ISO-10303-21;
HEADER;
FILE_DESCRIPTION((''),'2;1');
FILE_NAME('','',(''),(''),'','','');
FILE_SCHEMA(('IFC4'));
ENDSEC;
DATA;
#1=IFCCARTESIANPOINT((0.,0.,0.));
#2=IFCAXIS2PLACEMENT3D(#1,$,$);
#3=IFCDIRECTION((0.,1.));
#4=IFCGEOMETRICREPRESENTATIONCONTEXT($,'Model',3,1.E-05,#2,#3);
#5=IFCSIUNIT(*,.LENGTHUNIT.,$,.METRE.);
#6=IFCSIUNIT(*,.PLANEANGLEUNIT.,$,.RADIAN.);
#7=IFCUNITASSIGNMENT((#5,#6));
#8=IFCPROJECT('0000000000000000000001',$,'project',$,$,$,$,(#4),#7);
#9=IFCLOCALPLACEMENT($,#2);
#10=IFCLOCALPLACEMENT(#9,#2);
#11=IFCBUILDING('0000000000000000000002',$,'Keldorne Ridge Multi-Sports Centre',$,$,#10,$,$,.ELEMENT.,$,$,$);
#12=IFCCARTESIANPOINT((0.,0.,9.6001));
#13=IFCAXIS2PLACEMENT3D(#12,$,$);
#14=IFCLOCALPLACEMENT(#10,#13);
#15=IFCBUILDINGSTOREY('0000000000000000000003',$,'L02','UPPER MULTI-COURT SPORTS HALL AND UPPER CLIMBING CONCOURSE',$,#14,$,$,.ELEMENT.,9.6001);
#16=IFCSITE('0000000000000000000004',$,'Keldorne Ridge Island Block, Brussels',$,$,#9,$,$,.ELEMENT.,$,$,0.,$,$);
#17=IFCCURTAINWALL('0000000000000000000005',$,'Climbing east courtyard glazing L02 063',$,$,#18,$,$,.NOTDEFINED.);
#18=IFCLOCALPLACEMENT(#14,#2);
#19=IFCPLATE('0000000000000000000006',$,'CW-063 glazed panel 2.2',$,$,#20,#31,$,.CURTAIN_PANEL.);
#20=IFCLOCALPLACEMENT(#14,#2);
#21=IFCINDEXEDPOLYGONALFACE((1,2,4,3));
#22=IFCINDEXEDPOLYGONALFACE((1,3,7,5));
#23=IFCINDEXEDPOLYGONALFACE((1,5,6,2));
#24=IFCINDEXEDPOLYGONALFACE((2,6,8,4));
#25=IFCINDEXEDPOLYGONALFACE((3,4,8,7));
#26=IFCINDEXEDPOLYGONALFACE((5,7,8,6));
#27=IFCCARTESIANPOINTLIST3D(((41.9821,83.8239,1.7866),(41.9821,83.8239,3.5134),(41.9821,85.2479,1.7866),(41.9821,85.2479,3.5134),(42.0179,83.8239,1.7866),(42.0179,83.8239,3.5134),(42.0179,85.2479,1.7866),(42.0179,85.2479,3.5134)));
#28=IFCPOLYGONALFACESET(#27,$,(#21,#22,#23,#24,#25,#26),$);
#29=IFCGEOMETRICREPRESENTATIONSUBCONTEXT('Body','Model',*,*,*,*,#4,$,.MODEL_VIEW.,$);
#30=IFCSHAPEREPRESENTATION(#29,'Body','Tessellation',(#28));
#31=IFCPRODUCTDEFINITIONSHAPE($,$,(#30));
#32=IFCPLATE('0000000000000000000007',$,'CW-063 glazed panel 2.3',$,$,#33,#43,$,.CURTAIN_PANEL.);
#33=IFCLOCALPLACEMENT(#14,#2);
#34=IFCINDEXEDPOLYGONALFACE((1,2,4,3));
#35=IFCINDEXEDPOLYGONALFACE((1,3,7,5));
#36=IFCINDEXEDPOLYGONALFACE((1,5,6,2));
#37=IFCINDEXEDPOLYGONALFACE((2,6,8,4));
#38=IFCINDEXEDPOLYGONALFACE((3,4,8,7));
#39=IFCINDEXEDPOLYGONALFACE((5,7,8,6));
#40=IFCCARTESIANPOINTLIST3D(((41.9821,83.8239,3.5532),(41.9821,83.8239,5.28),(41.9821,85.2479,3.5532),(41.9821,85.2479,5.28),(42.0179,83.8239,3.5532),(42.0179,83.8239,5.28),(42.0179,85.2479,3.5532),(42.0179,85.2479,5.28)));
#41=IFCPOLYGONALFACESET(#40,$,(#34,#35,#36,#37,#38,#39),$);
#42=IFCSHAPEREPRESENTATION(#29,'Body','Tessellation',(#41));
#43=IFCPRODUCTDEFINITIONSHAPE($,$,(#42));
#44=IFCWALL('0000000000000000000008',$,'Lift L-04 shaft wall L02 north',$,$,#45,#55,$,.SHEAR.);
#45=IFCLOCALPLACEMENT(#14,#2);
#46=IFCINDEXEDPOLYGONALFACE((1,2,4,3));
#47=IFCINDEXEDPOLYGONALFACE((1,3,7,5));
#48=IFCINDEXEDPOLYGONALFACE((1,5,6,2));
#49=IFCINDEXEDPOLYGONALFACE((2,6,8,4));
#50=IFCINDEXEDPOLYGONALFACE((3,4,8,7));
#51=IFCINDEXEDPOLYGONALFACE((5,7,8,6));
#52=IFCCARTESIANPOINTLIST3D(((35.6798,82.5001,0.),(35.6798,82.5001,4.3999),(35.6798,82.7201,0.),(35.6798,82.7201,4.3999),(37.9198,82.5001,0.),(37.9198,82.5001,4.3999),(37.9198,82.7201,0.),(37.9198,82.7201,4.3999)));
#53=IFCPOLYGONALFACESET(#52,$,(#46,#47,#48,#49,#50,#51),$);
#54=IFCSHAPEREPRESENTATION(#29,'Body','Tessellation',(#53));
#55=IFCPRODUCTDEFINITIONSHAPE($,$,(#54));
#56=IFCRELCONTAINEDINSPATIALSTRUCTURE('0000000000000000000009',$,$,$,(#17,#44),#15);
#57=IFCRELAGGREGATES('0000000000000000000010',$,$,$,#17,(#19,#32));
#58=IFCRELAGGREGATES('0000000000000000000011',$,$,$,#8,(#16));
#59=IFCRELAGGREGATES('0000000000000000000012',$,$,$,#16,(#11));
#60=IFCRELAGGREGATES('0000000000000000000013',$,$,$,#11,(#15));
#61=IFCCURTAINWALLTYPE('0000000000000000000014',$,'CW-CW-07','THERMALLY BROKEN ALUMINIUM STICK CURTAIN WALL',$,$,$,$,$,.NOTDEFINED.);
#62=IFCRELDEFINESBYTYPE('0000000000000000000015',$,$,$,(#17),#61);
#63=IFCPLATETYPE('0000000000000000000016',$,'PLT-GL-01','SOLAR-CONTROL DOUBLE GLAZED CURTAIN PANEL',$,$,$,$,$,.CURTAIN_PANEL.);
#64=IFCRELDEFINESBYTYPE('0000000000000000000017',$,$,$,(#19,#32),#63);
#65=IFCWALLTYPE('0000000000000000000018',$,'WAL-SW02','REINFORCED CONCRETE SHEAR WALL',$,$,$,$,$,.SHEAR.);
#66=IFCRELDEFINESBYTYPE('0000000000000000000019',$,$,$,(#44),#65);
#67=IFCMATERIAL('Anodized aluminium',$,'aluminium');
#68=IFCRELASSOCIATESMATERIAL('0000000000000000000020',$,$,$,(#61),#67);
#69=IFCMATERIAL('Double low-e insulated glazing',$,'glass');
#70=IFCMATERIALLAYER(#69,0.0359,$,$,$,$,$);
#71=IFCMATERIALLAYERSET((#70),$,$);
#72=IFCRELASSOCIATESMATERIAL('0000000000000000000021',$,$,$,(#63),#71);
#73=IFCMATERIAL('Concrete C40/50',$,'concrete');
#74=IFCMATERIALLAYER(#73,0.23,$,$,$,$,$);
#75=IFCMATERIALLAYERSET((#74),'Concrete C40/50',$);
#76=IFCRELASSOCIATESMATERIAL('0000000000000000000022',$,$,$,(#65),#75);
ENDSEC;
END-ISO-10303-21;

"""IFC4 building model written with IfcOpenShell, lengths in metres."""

from ifc_helpers import new_model, si_unit, direction, frame, frame_2d, origin, origin_2d, place, context, subcontext, project, spatial, rectangle, extrude, material, layer, layer_set, type_object, element, aggregate, save


model = new_model("IFC4")

# Units and contexts
model_context = context("Model", 3, precision=1e-05, world=origin(), true_north=direction((0.0, 1.0)))
body_context = subcontext(model_context, "Body", "Model", "MODEL_VIEW")
ifc_project = project(units=[si_unit("LENGTHUNIT", "METRE"), si_unit("PLANEANGLEUNIT", "RADIAN")], contexts=[model_context])

# Site, building, storey
site_placement = place(None, origin())
site = spatial("IfcSite", under=ifc_project, at=site_placement, Name="Keldorne Ridge Island Block, Brussels", CompositionType="ELEMENT", RefElevation=0.0)
building_placement = place(site_placement, origin())
building = spatial("IfcBuilding", under=site, at=building_placement, Name="Keldorne Ridge Multi-Sports Centre", CompositionType="ELEMENT")
storey_placement = place(building_placement, frame((0.0, 0.0, 9.6001)))
storey = spatial("IfcBuildingStorey", under=building, at=storey_placement, Name="L02", Description="UPPER MULTI-COURT SPORTS HALL AND UPPER CLIMBING CONCOURSE", CompositionType="ELEMENT", Elevation=9.6001)

# Curtain wall, plates
ifc_material_1 = material(Name="Anodized aluminium", Category="aluminium")
curtain_wall_type = type_object("IfcCurtainWallType", Name="CW-CW-07", Description="THERMALLY BROKEN ALUMINIUM STICK CURTAIN WALL", PredefinedType="NOTDEFINED", material=ifc_material_1)
curtain_wall_placement = place(storey_placement, origin())
curtain_wall = element("IfcCurtainWall", 1, at=curtain_wall_placement, inside=storey, type_object=curtain_wall_type, Name="Climbing east courtyard glazing L02 063", PredefinedType="NOTDEFINED")
ifc_material_2 = material(Name="Double low-e insulated glazing", Category="glass")
ifc_layer_1 = layer(ifc_material_2, 0.0359)
ifc_layer_set_1 = layer_set([ifc_layer_1])
plate_type = type_object("IfcPlateType", Name="PLT-GL-01", Description="SOLAR-CONTROL DOUBLE GLAZED CURTAIN PANEL", PredefinedType="CURTAIN_PANEL", material=ifc_layer_set_1)
plate_1_placement = place(storey_placement, frame((42.0, 84.5359, 1.7866), z_axis=(0.0, 0.0, 1.0), x_axis=(0.0, 1.0, 0.0)))
plate_1 = element("IfcPlate", 2, at=plate_1_placement, type_object=plate_type, Name="CW-063 glazed panel 2.2", PredefinedType="CURTAIN_PANEL", context=body_context, shape_type="SweptSolid", body=[
    extrude(rectangle(XDim=1.4241, YDim=0.0359, at=origin_2d()), origin(), (0.0, 0.0, 1.0), 1.7268),
])
plate_2_placement = place(storey_placement, frame((42.0, 84.5359, 3.5532), z_axis=(0.0, 0.0, 1.0), x_axis=(0.0, 1.0, 0.0)))
plate_2 = element("IfcPlate", 3, at=plate_2_placement, type_object=plate_type, Name="CW-063 glazed panel 2.3", PredefinedType="CURTAIN_PANEL", context=body_context, shape_type="SweptSolid", body=[
    extrude(rectangle(XDim=1.4241, YDim=0.0359, at=origin_2d()), origin(), (0.0, 0.0, 1.0), 1.7268),
])
aggregate(curtain_wall, [plate_1, plate_2])

# Wall
ifc_material_3 = material(Name="Concrete C40/50", Category="concrete")
ifc_layer_2 = layer(ifc_material_3, 0.23)
ifc_layer_set_2 = layer_set([ifc_layer_2], Name="Concrete C40/50")
wall_type = type_object("IfcWallType", Name="WAL-SW02", Description="REINFORCED CONCRETE SHEAR WALL", PredefinedType="SHEAR", material=ifc_layer_set_2)
wall_1_placement = place(storey_placement, frame((37.9199, 82.6101, 0.0), z_axis=(0.0, 0.0, 1.0), x_axis=(-1.0, 0.0, 0.0)))
element("IfcWall", 4, at=wall_1_placement, inside=storey, type_object=wall_type, Name="Lift L-04 shaft wall L02 north", PredefinedType="SHEAR", context=body_context, shape_type="SweptSolid", body=[
    extrude(rectangle(XDim=2.24, YDim=0.22, at=frame_2d((1.1201, 0.0))), origin(), (0.0, 0.0, 1.0), 4.3999),
])

save(model, "model.ifc")
